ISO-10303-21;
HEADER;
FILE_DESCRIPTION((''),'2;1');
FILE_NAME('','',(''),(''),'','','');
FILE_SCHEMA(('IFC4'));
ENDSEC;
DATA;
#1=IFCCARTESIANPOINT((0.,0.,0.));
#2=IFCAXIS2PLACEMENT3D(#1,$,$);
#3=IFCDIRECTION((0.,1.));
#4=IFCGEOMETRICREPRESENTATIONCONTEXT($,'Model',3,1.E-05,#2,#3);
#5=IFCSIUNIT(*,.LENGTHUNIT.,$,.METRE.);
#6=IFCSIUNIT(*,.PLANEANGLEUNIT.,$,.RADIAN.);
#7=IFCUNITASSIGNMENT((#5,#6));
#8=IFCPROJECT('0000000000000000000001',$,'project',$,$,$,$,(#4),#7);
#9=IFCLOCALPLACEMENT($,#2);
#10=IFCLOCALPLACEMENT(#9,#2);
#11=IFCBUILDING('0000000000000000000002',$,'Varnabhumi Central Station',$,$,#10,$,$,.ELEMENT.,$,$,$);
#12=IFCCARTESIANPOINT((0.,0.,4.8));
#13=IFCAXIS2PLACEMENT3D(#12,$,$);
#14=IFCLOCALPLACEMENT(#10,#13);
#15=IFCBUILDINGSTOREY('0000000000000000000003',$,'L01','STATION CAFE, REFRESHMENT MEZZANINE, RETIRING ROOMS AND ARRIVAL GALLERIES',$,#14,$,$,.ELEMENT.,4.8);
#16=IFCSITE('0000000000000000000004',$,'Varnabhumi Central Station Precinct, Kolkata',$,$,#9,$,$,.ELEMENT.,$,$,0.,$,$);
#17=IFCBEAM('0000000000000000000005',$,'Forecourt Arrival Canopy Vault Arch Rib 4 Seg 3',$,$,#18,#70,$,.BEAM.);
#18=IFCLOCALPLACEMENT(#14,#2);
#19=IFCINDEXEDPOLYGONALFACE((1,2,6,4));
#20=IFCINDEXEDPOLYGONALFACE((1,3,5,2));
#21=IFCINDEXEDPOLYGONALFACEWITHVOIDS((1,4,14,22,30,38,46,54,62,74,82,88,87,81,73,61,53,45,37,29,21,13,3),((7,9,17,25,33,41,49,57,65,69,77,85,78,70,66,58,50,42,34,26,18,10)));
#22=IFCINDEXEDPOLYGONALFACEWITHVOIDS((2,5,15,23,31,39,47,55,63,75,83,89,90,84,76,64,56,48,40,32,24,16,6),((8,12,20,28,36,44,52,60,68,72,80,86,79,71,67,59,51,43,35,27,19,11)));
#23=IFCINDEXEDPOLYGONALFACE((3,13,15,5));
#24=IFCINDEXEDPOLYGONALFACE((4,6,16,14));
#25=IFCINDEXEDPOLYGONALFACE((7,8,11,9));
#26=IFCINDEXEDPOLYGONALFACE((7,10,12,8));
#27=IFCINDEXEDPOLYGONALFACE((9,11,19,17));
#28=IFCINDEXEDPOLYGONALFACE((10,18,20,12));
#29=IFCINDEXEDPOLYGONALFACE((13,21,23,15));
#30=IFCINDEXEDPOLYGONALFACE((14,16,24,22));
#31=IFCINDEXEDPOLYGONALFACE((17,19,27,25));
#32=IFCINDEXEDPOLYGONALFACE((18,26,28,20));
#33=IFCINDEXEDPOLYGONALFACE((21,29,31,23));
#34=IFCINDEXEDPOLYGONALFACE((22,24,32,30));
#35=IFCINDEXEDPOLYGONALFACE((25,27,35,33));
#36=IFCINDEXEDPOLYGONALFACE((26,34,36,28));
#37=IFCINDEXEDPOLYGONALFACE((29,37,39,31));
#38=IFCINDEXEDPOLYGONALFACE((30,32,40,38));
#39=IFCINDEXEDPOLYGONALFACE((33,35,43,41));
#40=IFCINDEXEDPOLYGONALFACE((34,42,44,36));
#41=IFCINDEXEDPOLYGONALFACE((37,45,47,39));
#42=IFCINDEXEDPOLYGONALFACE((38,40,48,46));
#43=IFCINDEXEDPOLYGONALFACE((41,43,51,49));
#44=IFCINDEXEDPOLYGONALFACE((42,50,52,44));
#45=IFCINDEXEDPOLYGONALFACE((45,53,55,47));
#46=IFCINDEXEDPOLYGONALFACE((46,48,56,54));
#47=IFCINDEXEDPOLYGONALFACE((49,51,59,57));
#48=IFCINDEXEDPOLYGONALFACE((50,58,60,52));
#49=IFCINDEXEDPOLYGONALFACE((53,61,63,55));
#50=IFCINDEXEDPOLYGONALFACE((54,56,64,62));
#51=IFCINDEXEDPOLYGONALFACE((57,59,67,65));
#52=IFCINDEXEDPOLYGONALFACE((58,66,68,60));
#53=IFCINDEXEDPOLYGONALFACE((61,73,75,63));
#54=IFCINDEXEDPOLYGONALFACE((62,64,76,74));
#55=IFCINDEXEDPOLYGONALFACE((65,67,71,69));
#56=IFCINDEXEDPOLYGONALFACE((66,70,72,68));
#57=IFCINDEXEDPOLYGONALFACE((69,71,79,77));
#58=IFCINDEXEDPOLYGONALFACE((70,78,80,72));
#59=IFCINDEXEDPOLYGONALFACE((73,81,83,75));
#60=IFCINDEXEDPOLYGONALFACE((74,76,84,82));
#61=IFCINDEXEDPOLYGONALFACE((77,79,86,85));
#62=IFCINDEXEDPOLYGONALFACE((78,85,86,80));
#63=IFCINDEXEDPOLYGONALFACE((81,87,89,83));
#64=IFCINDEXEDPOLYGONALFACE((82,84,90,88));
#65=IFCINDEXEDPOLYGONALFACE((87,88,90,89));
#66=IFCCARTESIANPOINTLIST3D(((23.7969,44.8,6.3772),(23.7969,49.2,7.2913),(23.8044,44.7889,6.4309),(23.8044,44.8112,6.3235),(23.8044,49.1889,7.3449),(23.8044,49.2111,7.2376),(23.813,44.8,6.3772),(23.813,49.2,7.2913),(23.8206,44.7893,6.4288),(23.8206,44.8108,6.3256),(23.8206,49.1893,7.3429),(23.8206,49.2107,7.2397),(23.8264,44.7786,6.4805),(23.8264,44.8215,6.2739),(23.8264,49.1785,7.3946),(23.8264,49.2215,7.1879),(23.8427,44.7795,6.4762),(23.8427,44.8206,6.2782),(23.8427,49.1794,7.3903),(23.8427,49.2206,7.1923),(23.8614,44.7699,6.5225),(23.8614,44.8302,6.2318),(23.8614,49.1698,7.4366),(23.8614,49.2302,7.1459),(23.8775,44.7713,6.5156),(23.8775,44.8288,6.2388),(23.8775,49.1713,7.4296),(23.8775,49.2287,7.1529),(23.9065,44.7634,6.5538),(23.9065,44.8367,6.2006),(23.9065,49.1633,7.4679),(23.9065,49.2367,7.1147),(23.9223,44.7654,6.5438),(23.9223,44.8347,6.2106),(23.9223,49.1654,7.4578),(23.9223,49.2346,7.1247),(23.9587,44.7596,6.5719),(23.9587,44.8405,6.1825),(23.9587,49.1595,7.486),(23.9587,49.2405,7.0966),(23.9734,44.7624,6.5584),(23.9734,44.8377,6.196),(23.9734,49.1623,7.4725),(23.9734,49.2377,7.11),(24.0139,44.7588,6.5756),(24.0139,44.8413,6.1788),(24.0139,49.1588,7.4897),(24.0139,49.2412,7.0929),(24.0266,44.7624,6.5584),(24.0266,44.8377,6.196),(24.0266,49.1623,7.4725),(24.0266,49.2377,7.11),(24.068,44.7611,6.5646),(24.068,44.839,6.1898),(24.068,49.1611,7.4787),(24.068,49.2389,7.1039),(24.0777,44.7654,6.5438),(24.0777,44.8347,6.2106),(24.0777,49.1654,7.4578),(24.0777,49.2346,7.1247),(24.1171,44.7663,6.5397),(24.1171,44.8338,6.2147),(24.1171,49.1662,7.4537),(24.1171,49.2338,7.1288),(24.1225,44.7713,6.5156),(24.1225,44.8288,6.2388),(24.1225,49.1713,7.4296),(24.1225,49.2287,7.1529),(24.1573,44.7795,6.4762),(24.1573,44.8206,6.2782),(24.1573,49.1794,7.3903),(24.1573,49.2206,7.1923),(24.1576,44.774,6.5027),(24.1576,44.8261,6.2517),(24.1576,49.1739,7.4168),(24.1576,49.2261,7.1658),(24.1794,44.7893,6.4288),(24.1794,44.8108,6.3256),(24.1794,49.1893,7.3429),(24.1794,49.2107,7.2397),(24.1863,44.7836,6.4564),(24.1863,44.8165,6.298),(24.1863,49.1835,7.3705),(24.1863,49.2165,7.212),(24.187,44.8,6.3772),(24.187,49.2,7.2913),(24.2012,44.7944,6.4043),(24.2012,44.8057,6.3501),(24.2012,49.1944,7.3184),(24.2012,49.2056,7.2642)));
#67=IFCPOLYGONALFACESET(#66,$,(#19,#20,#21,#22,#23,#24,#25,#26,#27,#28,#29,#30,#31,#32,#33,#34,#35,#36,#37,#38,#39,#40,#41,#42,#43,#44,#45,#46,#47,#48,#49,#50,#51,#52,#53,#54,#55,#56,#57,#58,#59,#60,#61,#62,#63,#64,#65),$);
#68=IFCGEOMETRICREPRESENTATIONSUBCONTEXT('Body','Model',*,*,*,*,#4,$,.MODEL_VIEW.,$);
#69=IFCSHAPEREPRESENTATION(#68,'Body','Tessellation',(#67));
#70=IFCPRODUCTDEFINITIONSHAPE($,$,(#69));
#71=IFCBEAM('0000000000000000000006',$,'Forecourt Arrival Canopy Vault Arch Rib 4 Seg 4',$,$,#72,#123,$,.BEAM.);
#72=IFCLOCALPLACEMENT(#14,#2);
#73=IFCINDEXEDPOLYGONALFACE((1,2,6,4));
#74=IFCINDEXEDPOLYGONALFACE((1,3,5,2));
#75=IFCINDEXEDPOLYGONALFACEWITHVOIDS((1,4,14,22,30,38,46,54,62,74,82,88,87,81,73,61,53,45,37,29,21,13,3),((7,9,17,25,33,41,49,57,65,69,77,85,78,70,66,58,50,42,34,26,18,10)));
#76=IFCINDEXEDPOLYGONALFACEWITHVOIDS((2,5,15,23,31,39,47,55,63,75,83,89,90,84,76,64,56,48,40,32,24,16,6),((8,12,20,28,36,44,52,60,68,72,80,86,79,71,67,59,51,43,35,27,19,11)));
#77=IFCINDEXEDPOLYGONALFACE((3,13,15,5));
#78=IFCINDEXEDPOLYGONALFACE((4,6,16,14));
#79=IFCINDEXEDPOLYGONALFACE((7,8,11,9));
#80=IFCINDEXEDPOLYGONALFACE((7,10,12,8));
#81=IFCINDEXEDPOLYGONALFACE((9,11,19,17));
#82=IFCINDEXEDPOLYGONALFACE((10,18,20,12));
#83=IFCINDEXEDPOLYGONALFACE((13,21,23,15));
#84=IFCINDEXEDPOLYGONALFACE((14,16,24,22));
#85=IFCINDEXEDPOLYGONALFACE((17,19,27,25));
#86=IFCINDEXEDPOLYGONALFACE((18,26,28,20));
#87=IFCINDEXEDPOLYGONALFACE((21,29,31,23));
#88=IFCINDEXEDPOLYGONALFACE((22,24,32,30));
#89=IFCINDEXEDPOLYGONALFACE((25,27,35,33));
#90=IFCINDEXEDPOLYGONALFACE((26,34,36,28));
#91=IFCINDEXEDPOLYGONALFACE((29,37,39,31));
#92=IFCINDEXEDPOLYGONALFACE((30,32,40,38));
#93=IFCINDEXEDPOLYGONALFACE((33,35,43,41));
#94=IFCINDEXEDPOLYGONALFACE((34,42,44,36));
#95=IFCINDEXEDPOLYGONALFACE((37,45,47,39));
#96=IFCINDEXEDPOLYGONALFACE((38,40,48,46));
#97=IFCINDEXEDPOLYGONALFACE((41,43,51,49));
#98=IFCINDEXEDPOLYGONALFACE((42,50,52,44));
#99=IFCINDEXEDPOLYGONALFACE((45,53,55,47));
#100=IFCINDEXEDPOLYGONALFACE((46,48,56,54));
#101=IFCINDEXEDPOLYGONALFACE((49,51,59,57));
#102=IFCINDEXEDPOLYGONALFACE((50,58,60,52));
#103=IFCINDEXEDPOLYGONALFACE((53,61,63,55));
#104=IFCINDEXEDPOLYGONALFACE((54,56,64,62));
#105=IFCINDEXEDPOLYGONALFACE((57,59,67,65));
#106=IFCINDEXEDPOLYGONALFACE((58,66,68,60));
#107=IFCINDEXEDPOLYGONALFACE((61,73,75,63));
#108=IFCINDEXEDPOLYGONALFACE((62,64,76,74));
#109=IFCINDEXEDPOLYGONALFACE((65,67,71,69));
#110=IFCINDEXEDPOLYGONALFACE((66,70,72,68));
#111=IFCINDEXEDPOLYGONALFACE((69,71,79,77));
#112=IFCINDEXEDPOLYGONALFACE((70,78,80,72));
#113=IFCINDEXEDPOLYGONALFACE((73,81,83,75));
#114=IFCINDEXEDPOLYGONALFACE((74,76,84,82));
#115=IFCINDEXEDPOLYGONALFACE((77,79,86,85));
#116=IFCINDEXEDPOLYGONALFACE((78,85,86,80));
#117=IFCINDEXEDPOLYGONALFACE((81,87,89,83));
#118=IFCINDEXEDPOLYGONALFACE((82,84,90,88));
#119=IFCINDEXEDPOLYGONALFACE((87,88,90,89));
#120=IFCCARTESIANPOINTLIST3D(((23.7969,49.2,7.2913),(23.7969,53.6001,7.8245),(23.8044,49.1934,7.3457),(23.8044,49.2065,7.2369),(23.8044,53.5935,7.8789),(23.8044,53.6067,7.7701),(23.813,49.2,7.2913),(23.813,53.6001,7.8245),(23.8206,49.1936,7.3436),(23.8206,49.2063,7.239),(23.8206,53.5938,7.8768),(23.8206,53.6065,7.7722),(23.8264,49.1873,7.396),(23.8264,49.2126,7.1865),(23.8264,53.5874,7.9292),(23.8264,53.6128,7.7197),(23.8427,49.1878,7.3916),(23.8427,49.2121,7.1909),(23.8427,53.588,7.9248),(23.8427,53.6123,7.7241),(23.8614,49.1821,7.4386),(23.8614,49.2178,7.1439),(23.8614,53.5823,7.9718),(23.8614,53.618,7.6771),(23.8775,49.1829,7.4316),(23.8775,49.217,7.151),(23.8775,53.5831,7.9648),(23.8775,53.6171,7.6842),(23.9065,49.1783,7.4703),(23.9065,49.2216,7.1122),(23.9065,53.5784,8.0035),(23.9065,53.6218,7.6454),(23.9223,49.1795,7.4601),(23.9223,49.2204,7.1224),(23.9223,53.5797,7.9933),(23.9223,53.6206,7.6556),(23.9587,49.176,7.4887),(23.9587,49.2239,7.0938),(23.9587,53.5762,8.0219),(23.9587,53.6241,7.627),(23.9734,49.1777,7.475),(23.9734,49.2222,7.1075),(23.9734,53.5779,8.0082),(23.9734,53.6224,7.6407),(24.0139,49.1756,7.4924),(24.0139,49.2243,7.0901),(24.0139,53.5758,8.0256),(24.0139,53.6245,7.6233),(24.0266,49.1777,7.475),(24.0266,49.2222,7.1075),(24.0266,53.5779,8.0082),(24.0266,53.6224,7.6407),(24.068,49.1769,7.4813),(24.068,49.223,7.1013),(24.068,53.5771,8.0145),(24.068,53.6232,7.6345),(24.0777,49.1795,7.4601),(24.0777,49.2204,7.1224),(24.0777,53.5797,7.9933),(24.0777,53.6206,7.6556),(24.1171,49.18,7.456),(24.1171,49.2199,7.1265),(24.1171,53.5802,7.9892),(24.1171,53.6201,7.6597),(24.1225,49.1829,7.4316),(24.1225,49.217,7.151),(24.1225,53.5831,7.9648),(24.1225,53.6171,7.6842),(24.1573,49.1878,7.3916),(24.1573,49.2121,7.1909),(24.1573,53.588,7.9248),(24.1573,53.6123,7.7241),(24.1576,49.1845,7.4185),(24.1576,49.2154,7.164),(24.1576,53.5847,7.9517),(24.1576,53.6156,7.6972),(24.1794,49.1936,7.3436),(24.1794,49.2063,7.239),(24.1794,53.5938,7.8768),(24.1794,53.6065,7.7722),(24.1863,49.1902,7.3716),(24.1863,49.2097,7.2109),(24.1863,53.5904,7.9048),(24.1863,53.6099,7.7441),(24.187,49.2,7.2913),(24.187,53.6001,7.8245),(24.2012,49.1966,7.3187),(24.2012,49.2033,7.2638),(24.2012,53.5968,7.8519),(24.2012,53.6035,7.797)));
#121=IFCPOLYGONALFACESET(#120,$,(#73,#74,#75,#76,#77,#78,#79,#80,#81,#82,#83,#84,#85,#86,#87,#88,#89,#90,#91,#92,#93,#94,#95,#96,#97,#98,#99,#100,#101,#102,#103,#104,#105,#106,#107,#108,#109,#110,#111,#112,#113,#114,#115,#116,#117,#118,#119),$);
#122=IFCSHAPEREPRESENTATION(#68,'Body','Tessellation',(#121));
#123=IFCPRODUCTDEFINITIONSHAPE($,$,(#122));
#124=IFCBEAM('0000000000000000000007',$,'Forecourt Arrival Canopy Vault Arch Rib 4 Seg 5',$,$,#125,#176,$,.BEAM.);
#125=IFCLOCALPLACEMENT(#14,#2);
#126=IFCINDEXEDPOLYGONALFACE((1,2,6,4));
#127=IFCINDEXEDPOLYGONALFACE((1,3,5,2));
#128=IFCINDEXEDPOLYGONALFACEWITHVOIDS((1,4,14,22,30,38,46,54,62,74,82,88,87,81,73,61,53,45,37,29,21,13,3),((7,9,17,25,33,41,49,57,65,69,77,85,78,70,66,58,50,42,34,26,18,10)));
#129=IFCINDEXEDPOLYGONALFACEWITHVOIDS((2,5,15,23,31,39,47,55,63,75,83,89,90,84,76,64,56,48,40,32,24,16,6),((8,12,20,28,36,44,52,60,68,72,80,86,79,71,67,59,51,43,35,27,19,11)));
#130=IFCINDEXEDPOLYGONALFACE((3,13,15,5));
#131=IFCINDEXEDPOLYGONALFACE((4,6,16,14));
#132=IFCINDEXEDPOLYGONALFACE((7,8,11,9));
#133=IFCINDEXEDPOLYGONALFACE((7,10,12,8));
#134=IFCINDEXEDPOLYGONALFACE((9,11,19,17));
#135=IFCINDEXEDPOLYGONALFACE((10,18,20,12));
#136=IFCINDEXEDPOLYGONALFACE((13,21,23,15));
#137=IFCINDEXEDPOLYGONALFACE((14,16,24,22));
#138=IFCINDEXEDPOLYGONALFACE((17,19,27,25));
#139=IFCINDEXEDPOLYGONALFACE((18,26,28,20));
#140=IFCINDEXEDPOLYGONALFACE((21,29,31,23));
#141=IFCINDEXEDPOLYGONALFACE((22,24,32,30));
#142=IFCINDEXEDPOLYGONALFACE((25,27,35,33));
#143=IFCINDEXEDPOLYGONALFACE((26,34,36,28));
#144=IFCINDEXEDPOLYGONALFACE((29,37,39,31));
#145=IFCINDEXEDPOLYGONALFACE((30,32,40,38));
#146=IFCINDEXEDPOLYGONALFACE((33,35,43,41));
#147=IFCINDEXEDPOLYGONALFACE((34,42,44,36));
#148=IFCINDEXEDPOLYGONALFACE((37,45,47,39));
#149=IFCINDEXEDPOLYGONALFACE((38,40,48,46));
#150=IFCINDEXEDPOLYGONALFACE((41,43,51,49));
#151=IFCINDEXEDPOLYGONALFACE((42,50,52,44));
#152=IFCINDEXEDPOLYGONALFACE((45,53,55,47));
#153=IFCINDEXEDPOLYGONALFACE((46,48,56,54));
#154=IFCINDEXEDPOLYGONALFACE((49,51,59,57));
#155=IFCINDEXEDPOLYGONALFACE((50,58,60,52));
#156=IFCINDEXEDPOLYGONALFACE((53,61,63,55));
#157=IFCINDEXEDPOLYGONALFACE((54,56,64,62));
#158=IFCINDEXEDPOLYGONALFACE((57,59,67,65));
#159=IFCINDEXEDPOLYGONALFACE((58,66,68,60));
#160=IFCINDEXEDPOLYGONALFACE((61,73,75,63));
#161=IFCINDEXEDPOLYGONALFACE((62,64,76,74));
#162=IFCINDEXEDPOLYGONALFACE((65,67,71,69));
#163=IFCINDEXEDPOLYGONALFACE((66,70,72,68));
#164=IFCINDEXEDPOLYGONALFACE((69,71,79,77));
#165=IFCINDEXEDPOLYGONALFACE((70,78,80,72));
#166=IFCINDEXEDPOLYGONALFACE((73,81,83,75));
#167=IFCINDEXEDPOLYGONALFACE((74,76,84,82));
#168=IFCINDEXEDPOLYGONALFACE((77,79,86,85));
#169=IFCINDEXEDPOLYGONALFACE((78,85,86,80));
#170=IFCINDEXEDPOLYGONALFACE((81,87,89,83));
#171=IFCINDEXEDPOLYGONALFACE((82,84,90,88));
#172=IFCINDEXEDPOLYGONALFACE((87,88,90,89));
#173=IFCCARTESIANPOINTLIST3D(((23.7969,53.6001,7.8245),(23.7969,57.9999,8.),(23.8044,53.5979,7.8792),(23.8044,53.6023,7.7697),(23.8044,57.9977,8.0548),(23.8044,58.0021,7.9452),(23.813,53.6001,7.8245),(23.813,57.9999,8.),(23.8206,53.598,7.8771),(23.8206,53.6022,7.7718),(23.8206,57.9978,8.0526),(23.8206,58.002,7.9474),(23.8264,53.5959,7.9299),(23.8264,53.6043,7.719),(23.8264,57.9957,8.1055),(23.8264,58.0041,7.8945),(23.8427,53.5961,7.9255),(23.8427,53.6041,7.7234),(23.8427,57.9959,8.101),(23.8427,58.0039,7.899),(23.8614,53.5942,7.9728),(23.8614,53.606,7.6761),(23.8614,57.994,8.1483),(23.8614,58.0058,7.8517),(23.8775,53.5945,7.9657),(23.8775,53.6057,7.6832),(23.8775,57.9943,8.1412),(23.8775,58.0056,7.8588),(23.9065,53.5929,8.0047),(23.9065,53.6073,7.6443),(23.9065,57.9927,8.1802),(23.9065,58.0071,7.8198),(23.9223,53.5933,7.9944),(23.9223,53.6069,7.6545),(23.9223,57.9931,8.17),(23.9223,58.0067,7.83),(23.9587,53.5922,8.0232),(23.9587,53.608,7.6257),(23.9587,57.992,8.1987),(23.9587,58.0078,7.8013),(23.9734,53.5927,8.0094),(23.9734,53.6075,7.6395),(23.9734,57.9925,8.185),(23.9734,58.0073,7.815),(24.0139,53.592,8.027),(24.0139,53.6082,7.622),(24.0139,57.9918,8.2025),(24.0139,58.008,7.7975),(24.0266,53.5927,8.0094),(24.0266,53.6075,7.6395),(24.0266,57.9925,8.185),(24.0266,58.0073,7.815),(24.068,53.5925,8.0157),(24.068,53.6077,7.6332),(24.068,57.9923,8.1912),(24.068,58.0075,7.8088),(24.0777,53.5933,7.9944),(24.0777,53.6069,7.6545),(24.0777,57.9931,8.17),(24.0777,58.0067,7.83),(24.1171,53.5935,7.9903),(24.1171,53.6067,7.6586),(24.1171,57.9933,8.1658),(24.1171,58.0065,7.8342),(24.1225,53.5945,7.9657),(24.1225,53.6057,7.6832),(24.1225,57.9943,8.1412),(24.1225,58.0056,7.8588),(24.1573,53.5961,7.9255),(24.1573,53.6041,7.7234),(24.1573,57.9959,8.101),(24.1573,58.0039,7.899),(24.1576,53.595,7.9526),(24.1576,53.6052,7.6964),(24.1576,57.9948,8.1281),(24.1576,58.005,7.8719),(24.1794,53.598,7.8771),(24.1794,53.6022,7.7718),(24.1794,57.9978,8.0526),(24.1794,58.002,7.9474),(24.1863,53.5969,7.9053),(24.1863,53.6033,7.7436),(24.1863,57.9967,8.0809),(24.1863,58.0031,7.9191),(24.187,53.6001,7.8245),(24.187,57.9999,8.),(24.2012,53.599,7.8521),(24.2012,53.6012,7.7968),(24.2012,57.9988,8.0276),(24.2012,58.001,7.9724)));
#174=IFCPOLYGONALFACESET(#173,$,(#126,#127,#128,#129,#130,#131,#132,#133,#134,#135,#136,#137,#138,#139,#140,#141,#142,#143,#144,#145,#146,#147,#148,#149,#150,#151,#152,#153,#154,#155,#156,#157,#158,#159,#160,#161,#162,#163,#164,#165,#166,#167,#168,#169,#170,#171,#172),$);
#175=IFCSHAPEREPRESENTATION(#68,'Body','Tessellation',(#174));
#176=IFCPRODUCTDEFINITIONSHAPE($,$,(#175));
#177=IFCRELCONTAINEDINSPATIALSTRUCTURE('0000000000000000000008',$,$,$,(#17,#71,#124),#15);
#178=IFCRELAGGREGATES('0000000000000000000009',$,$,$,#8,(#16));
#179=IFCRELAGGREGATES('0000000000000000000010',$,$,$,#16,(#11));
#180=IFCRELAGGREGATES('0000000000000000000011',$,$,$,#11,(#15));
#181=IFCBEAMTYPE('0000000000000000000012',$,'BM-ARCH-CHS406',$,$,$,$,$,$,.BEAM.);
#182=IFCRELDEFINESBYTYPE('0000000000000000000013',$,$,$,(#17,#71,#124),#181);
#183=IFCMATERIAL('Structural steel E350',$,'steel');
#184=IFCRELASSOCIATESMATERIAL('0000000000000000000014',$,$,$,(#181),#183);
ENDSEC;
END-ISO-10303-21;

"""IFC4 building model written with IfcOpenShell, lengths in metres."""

from ifc_helpers import new_model, si_unit, direction, frame, origin, origin_2d, place, context, subcontext, project, spatial, hollow_circle, extrude, material, material_profile, profile_set, type_object, element, save


model = new_model("IFC4")

# Units and contexts
model_context = context("Model", 3, precision=1e-05, world=origin(), true_north=direction((0.0, 1.0)))
body_context = subcontext(model_context, "Body", "Model", "MODEL_VIEW")
ifc_project = project(units=[si_unit("LENGTHUNIT", "METRE"), si_unit("PLANEANGLEUNIT", "RADIAN")], contexts=[model_context])

# Site, building, storey
site_placement = place(None, origin())
site = spatial("IfcSite", under=ifc_project, at=site_placement, Name="Varnabhumi Central Station Precinct, Kolkata", CompositionType="ELEMENT", RefElevation=0.0)
building_placement = place(site_placement, origin())
building = spatial("IfcBuilding", under=site, at=building_placement, Name="Varnabhumi Central Station", CompositionType="ELEMENT")
storey_placement = place(building_placement, frame((0.0, 0.0, 4.8)))
storey = spatial("IfcBuildingStorey", under=building, at=storey_placement, Name="L01", Description="STATION CAFE, REFRESHMENT MEZZANINE, RETIRING ROOMS AND ARRIVAL GALLERIES", CompositionType="ELEMENT", Elevation=4.8)

# Beams
ifc_material_1 = material(Name="Structural steel E350", Category="steel")
ifc_material_profile_1 = material_profile(ifc_material_1, hollow_circle(Radius=0.2031, WallThickness=0.0161, at=origin_2d()), Name="Structural steel E350", Category="steel")
ifc_profile_set_1 = profile_set([ifc_material_profile_1], Name="Structural steel E350")
beam_type_1 = type_object("IfcBeamType", Name="BM-ARCH-CHS406", PredefinedType="BEAM", material=ifc_profile_set_1)
beam_1_placement = place(storey_placement, frame((24.0, 44.8, 6.3772), z_axis=(0.0, 0.979095, 0.203403), x_axis=(-1.0, 0.0, 0.0)))
element("IfcBeam", 1, at=beam_1_placement, inside=storey, type_object=beam_type_1, Name="Forecourt Arrival Canopy Vault Arch Rib 4 Seg 3", PredefinedType="BEAM", context=body_context, shape_type="SweptSolid", body=[
    extrude(hollow_circle(Radius=0.2031, WallThickness=0.0161, at=origin_2d()), origin(), (0.0, 0.0, 1.0), 4.4939),
])
beam_2_placement = place(storey_placement, frame((24.0, 49.2, 7.2913), z_axis=(0.0, 0.992738, 0.120298), x_axis=(-1.0, 0.0, 0.0)))
element("IfcBeam", 2, at=beam_2_placement, inside=storey, type_object=beam_type_1, Name="Forecourt Arrival Canopy Vault Arch Rib 4 Seg 4", PredefinedType="BEAM", context=body_context, shape_type="SweptSolid", body=[
    extrude(hollow_circle(Radius=0.2031, WallThickness=0.0161, at=origin_2d()), origin(), (0.0, 0.0, 1.0), 4.4324),
])
beam_3_placement = place(storey_placement, frame((24.0, 53.6001, 7.8245), z_axis=(0.0, 0.999205, 0.039864), x_axis=(-1.0, 0.0, 0.0)))
element("IfcBeam", 3, at=beam_3_placement, inside=storey, type_object=beam_type_1, Name="Forecourt Arrival Canopy Vault Arch Rib 4 Seg 5", PredefinedType="BEAM", context=body_context, shape_type="SweptSolid", body=[
    extrude(hollow_circle(Radius=0.2031, WallThickness=0.0161, at=origin_2d()), origin(), (0.0, 0.0, 1.0), 4.4033),
])

save(model, "model.ifc")
